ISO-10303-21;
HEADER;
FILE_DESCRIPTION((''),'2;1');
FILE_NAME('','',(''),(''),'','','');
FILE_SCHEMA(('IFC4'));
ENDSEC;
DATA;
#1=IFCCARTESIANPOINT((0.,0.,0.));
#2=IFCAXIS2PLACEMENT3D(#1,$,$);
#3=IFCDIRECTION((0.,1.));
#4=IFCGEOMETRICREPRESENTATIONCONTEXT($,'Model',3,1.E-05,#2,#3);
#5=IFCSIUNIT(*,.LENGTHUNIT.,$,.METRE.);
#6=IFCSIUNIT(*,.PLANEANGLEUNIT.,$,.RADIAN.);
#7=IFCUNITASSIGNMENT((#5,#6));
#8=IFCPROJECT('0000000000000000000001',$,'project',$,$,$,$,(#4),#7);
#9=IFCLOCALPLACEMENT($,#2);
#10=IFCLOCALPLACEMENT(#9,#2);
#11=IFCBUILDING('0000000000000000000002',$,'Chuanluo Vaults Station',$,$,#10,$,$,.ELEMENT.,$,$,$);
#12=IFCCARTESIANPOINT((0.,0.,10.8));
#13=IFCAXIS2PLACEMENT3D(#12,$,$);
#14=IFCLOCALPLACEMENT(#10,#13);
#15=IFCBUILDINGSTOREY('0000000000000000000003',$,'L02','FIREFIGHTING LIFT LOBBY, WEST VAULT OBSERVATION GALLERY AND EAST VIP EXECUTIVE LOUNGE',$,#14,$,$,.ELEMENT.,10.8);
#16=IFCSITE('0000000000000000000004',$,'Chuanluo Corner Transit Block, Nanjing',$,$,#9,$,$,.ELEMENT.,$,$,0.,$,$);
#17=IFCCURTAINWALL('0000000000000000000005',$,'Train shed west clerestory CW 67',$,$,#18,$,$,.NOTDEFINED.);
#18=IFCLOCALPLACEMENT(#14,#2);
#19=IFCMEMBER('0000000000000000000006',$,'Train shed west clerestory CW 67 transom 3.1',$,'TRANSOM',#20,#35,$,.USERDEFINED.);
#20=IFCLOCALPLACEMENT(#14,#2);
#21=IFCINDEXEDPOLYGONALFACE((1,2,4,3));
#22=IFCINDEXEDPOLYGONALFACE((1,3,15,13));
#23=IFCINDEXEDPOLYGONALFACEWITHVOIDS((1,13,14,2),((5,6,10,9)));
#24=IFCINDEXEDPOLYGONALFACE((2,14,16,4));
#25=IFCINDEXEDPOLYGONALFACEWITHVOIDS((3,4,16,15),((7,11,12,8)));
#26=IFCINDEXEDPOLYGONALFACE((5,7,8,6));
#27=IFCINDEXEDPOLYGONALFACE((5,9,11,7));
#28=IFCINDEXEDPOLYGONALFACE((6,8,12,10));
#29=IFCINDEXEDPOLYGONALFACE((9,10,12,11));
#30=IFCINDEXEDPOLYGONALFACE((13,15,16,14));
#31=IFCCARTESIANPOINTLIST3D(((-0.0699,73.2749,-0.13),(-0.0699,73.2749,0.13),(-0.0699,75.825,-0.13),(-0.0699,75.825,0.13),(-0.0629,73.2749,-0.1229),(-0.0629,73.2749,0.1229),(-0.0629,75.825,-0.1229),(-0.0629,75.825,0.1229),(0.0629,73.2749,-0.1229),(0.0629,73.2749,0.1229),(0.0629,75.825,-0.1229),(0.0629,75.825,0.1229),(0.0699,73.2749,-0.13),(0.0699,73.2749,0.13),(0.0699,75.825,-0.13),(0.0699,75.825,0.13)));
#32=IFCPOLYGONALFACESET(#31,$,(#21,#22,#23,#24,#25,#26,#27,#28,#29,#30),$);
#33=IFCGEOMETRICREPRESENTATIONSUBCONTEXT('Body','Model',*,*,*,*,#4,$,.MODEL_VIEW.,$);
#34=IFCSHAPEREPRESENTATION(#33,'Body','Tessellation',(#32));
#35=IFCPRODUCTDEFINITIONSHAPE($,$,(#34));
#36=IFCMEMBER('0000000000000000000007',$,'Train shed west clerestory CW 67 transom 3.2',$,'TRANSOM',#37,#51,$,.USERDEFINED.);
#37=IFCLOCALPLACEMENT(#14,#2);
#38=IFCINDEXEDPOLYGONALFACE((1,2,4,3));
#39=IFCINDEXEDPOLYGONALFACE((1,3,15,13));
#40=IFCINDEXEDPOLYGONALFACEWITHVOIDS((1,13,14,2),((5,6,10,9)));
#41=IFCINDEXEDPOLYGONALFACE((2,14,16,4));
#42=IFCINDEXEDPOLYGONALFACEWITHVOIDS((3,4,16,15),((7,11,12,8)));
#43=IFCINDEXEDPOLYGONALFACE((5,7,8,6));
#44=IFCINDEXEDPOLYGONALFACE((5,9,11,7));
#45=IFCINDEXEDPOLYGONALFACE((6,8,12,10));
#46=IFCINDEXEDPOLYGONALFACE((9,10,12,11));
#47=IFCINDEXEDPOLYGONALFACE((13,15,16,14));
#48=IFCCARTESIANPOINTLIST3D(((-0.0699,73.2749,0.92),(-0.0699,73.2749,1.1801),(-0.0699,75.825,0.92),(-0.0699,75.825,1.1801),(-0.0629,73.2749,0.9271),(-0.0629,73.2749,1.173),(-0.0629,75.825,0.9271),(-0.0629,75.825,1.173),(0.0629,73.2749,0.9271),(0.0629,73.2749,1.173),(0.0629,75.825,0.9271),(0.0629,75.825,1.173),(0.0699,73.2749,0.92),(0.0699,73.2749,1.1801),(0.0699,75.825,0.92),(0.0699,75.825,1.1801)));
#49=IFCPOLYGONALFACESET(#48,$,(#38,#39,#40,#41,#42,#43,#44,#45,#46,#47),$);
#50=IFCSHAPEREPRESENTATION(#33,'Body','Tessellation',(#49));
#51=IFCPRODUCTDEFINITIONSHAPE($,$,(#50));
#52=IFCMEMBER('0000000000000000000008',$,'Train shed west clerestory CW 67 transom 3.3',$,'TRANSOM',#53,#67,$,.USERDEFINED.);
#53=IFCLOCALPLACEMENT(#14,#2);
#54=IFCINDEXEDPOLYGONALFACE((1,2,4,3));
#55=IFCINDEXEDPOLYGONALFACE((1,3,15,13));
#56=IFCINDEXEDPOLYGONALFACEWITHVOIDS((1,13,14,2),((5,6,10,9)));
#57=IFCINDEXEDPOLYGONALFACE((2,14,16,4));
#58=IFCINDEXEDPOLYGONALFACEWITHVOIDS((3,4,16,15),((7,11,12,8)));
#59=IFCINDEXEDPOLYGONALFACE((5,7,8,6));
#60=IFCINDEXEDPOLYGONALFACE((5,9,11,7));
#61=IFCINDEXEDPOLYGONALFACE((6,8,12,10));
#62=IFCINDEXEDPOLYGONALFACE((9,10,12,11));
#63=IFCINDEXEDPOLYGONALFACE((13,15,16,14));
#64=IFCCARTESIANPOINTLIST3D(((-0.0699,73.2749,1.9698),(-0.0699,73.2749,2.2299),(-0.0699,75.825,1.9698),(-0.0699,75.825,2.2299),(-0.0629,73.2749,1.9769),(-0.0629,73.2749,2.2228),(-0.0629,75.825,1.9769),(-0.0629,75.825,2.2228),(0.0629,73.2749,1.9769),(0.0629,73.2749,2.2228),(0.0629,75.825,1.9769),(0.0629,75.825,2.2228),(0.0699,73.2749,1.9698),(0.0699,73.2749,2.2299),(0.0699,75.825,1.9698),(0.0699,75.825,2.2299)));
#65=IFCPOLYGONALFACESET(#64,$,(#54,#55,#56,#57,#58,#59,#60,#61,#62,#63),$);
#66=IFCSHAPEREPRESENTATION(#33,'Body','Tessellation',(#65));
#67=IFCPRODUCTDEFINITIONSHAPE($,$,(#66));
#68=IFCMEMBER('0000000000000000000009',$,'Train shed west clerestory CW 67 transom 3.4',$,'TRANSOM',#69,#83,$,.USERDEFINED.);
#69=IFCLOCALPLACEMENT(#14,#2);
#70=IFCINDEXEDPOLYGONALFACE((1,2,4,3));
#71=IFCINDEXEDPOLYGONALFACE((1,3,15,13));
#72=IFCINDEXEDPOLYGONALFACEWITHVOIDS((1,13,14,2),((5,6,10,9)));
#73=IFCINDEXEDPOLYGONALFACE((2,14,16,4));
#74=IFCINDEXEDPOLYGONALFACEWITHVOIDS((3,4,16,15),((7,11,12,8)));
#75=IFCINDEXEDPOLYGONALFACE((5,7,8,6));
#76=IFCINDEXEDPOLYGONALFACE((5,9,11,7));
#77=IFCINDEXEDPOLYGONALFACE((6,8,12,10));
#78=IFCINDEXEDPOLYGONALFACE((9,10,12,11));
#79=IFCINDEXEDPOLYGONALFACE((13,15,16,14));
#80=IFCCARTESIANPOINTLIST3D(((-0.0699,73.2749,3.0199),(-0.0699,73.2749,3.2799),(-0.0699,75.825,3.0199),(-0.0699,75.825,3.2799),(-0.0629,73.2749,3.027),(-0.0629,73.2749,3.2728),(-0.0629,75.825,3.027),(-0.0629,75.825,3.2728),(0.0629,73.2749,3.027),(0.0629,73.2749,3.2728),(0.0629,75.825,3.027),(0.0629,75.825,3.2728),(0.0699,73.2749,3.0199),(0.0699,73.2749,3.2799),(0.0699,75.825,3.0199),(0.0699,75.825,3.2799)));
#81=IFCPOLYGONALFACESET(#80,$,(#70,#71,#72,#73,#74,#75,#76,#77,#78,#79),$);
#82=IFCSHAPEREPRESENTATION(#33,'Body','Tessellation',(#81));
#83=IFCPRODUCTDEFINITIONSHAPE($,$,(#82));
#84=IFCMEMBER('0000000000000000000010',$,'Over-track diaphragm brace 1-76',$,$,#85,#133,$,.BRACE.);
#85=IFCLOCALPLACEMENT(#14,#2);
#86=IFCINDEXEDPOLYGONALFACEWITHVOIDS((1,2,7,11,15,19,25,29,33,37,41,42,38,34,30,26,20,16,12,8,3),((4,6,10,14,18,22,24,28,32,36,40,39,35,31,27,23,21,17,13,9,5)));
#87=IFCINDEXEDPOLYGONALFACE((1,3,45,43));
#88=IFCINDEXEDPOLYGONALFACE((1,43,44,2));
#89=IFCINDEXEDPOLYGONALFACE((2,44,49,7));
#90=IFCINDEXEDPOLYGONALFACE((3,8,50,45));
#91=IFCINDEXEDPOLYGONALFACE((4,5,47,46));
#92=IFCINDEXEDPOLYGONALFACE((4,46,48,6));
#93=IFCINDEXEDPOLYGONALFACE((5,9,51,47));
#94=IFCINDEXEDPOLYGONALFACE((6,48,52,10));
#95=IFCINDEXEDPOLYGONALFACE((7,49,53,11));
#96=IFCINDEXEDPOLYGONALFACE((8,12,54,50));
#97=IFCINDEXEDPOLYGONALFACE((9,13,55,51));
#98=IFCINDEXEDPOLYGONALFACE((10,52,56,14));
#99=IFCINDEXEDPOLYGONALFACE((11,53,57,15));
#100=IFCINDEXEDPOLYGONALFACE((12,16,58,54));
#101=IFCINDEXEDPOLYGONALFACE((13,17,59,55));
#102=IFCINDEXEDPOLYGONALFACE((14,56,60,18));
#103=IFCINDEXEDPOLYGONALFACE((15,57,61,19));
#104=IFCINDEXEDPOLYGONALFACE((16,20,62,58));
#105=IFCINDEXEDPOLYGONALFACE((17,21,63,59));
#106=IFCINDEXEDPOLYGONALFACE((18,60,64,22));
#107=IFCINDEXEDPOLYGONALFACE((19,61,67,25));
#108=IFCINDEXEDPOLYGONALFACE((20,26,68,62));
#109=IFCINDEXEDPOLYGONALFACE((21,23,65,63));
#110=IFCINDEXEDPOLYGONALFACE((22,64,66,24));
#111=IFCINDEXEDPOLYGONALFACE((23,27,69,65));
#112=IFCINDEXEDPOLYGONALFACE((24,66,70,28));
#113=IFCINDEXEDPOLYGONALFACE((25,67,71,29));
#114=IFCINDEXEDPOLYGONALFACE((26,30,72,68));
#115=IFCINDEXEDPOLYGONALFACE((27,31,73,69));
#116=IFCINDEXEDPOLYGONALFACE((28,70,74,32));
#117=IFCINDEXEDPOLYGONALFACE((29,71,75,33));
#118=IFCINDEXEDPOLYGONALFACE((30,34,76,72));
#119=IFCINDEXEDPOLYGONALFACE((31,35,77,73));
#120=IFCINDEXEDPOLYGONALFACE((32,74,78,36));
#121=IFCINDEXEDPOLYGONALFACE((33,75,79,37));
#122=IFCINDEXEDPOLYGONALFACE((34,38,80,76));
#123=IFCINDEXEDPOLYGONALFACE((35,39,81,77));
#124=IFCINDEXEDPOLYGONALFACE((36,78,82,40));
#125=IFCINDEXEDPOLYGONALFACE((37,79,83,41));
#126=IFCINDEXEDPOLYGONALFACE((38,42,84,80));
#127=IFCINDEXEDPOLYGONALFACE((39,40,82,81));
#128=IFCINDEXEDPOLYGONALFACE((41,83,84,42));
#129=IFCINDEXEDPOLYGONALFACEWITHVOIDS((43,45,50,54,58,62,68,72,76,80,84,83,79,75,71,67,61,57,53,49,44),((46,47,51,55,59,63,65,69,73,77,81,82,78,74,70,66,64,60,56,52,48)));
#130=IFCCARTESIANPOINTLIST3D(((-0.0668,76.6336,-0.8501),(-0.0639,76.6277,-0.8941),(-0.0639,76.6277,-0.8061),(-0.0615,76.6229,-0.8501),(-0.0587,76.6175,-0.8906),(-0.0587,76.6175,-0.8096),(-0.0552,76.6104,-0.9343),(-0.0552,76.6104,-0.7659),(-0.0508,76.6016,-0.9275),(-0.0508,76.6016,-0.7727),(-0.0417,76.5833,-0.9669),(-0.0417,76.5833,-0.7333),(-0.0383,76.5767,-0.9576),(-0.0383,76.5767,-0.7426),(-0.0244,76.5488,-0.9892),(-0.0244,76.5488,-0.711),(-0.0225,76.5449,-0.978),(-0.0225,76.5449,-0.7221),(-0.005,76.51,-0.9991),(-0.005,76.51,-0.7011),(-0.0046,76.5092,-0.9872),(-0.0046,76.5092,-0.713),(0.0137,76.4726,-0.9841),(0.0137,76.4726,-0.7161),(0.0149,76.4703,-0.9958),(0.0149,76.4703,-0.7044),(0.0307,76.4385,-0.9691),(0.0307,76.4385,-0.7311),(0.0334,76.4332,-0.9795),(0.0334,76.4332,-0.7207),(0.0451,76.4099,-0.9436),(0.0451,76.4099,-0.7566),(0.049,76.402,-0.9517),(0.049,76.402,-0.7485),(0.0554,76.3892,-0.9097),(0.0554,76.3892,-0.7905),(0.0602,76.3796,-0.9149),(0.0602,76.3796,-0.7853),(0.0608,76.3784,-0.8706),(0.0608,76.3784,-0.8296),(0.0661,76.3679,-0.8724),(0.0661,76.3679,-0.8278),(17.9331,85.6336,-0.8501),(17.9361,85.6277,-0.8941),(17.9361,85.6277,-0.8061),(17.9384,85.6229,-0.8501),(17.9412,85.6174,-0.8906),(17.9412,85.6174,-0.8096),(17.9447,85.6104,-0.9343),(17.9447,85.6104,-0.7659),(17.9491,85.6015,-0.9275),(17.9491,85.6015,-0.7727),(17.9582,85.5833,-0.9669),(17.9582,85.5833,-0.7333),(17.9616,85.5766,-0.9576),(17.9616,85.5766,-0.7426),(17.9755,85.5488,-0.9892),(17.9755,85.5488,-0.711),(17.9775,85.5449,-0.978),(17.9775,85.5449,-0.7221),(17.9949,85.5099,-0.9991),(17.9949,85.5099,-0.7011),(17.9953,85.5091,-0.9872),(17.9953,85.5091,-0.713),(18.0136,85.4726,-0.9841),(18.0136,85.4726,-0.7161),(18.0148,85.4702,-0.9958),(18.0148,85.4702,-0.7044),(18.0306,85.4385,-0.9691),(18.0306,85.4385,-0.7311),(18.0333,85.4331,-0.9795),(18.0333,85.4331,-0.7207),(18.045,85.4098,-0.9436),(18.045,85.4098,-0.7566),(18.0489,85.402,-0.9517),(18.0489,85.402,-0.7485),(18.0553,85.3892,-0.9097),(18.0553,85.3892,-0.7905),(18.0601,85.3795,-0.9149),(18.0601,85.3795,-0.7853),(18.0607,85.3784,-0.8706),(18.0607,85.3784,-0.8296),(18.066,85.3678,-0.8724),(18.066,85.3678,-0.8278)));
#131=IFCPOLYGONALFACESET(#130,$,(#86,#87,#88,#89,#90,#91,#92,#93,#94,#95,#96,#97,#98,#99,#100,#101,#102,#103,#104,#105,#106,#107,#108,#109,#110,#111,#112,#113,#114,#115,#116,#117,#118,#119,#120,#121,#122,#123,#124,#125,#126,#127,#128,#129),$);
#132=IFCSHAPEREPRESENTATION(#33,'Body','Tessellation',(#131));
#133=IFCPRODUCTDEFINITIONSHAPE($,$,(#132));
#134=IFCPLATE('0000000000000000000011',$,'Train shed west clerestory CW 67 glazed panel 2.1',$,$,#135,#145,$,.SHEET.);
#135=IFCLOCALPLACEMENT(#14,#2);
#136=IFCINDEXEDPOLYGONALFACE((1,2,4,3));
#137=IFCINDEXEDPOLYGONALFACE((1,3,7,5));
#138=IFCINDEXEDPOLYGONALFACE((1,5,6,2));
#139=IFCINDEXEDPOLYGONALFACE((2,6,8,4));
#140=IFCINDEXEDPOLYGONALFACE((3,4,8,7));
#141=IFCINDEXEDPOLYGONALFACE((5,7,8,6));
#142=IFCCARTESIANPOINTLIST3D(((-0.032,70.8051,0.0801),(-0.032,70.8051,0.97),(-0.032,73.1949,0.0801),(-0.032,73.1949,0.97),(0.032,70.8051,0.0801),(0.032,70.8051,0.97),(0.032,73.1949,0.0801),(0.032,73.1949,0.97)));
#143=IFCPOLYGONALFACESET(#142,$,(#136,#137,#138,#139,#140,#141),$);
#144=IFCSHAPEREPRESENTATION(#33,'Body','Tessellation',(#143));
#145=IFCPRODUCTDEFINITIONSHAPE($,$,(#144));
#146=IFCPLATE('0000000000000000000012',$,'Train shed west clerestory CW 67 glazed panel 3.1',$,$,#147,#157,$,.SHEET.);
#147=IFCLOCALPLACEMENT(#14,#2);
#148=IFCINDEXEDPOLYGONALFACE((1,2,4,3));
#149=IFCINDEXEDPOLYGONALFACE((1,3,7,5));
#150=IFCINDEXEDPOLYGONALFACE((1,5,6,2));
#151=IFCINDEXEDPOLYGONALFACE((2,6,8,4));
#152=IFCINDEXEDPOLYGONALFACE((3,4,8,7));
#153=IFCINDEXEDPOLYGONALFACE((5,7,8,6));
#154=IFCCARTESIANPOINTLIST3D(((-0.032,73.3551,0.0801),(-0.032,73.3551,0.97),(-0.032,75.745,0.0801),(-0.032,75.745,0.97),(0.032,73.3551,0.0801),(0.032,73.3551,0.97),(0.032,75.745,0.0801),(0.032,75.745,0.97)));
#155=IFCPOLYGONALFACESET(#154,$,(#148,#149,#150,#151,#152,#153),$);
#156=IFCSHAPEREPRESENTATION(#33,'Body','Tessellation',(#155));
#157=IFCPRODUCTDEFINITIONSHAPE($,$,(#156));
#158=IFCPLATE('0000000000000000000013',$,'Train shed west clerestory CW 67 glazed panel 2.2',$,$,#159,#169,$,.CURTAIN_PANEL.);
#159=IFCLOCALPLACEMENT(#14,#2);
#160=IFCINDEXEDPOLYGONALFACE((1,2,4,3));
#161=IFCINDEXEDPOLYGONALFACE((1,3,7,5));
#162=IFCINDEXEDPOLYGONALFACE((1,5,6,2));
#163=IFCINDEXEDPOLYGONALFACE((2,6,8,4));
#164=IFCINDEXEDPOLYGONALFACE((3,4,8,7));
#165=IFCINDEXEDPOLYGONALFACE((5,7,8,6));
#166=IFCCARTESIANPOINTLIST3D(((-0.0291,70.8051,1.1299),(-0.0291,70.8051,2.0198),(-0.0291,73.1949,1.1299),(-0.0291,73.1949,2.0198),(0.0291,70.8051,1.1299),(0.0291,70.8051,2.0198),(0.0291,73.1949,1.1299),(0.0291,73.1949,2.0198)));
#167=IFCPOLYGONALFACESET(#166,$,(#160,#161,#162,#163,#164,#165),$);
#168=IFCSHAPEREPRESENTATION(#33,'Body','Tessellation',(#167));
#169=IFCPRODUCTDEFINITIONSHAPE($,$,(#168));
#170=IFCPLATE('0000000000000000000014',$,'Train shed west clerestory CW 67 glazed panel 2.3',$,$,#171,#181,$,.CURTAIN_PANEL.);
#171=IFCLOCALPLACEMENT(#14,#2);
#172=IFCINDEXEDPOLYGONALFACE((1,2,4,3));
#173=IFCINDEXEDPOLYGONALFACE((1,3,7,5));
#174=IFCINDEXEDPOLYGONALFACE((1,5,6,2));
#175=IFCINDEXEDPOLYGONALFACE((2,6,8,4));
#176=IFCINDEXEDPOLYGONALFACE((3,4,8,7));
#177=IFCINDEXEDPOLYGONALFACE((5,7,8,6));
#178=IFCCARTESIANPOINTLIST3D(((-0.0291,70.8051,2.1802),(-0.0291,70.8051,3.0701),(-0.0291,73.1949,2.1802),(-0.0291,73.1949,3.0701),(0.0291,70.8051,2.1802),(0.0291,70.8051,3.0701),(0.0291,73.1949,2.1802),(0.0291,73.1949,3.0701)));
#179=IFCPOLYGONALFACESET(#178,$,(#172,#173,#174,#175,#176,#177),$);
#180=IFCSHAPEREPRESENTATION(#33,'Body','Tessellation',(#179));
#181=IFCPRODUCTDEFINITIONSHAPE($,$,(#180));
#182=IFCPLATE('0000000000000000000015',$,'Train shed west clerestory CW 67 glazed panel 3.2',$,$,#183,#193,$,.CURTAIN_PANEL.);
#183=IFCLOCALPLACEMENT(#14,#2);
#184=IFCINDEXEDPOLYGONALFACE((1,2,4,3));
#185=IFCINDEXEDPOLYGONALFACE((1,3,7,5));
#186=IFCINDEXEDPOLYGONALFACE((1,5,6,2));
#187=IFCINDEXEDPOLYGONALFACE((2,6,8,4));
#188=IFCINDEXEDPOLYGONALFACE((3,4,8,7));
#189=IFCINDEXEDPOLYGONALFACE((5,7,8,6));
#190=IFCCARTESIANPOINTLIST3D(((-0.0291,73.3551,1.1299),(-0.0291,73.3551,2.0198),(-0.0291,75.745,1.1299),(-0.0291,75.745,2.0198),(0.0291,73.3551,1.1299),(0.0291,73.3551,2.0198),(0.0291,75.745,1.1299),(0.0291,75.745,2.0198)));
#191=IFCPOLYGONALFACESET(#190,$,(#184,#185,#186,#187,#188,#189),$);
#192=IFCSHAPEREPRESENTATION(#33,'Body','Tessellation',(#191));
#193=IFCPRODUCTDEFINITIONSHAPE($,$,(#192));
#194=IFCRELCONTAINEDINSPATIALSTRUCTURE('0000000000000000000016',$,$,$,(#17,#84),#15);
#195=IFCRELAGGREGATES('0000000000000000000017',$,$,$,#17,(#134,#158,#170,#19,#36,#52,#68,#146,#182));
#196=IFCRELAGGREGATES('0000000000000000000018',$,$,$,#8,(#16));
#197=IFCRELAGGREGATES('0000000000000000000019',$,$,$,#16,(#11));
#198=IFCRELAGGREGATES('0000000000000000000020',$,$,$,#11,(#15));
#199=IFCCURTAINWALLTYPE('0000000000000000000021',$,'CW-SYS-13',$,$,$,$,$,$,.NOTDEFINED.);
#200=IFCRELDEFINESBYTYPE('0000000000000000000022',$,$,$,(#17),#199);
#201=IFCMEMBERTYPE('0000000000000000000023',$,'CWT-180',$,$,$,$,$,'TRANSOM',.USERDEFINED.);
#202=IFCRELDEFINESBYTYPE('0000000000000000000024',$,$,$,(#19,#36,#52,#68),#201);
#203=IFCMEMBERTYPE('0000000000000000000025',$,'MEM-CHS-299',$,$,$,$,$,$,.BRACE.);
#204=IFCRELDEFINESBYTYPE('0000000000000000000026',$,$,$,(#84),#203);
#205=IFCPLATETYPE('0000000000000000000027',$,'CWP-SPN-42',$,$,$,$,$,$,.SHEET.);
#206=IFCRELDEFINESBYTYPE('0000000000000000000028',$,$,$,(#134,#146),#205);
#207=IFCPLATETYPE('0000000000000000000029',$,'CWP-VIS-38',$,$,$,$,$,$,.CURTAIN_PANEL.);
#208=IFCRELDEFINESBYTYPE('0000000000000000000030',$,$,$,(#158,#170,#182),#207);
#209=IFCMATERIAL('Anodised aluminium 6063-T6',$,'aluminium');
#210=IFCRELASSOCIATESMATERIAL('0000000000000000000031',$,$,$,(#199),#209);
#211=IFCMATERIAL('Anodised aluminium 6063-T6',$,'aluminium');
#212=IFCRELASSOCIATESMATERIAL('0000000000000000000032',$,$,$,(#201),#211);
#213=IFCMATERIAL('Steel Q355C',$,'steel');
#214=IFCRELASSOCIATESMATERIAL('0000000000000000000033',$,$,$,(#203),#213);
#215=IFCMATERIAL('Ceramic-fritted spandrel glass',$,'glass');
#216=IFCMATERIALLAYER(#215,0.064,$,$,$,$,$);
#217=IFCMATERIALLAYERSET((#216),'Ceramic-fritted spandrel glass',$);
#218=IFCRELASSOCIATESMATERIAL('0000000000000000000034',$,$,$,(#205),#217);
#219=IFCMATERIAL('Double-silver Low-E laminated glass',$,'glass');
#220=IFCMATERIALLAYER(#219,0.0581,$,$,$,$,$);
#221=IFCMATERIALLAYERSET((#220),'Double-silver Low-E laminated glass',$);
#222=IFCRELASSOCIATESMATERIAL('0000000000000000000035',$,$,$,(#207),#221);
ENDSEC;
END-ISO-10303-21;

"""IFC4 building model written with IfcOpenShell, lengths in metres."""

from ifc_helpers import new_model, si_unit, direction, frame, origin, origin_2d, place, context, subcontext, project, spatial, rectangle, hollow_rectangle, hollow_circle, extrude, material, layer, layer_set, material_profile, profile_set, type_object, element, aggregate, save


model = new_model("IFC4")

# Units and contexts
model_context = context("Model", 3, precision=1e-05, world=origin(), true_north=direction((0.0, 1.0)))
body_context = subcontext(model_context, "Body", "Model", "MODEL_VIEW")
ifc_project = project(units=[si_unit("LENGTHUNIT", "METRE"), si_unit("PLANEANGLEUNIT", "RADIAN")], contexts=[model_context])

# Site, building, storey
site_placement = place(None, origin())
site = spatial("IfcSite", under=ifc_project, at=site_placement, Name="Chuanluo Corner Transit Block, Nanjing", CompositionType="ELEMENT", RefElevation=0.0)
building_placement = place(site_placement, origin())
building = spatial("IfcBuilding", under=site, at=building_placement, Name="Chuanluo Vaults Station", CompositionType="ELEMENT")
storey_placement = place(building_placement, frame((0.0, 0.0, 10.8)))
storey = spatial("IfcBuildingStorey", under=building, at=storey_placement, Name="L02", Description="FIREFIGHTING LIFT LOBBY, WEST VAULT OBSERVATION GALLERY AND EAST VIP EXECUTIVE LOUNGE", CompositionType="ELEMENT", Elevation=10.8)

# Curtain wall, members
ifc_material_1 = material(Name="Anodised aluminium 6063-T6", Category="aluminium")
curtain_wall_type = type_object("IfcCurtainWallType", Name="CW-SYS-13", PredefinedType="NOTDEFINED", material=ifc_material_1)
curtain_wall_placement = place(storey_placement, origin())
curtain_wall = element("IfcCurtainWall", 1, at=curtain_wall_placement, inside=storey, type_object=curtain_wall_type, Name="Train shed west clerestory CW 67", PredefinedType="NOTDEFINED")
ifc_material_2 = material(Name="Anodised aluminium 6063-T6", Category="aluminium")
ifc_material_profile_1 = material_profile(ifc_material_2, hollow_rectangle(XDim=0.1399, YDim=0.26, WallThickness=0.0071, at=origin_2d()))
ifc_profile_set_1 = profile_set([ifc_material_profile_1], Name="Anodised aluminium 6063-T6")
member_type_1 = type_object("IfcMemberType", Name="CWT-180", ElementType="TRANSOM", PredefinedType="USERDEFINED", material=ifc_profile_set_1)
member_1_placement = place(storey_placement, frame((0.0, 73.2749, 0.0), z_axis=(0.0, 1.0, 0.0), x_axis=(-1.0, 0.0, 0.0)))
member_1 = element("IfcMember", 2, at=member_1_placement, type_object=member_type_1, Name="Train shed west clerestory CW 67 transom 3.1", ObjectType="TRANSOM", PredefinedType="USERDEFINED", context=body_context, shape_type="SweptSolid", body=[
    extrude(hollow_rectangle(XDim=0.1399, YDim=0.26, WallThickness=0.0071, at=origin_2d()), origin(), (0.0, 0.0, 1.0), 2.55),
])
member_2_placement = place(storey_placement, frame((0.0, 73.2749, 1.05), z_axis=(0.0, 1.0, 0.0), x_axis=(-1.0, 0.0, 0.0)))
member_2 = element("IfcMember", 3, at=member_2_placement, type_object=member_type_1, Name="Train shed west clerestory CW 67 transom 3.2", ObjectType="TRANSOM", PredefinedType="USERDEFINED", context=body_context, shape_type="SweptSolid", body=[
    extrude(hollow_rectangle(XDim=0.1399, YDim=0.26, WallThickness=0.0071, at=origin_2d()), origin(), (0.0, 0.0, 1.0), 2.55),
])
member_3_placement = place(storey_placement, frame((0.0, 73.2749, 2.0999), z_axis=(0.0, 1.0, 0.0), x_axis=(-1.0, 0.0, 0.0)))
member_3 = element("IfcMember", 4, at=member_3_placement, type_object=member_type_1, Name="Train shed west clerestory CW 67 transom 3.3", ObjectType="TRANSOM", PredefinedType="USERDEFINED", context=body_context, shape_type="SweptSolid", body=[
    extrude(hollow_rectangle(XDim=0.1399, YDim=0.26, WallThickness=0.0071, at=origin_2d()), origin(), (0.0, 0.0, 1.0), 2.55),
])
member_4_placement = place(storey_placement, frame((0.0, 73.2749, 3.1499), z_axis=(0.0, 1.0, 0.0), x_axis=(-1.0, 0.0, 0.0)))
member_4 = element("IfcMember", 5, at=member_4_placement, type_object=member_type_1, Name="Train shed west clerestory CW 67 transom 3.4", ObjectType="TRANSOM", PredefinedType="USERDEFINED", context=body_context, shape_type="SweptSolid", body=[
    extrude(hollow_rectangle(XDim=0.1399, YDim=0.26, WallThickness=0.0071, at=origin_2d()), origin(), (0.0, 0.0, 1.0), 2.55),
])

# Member
ifc_material_3 = material(Name="Steel Q355C", Category="steel")
ifc_material_profile_2 = material_profile(ifc_material_3, hollow_circle(Radius=0.1494, WallThickness=0.012, at=origin_2d()))
ifc_profile_set_2 = profile_set([ifc_material_profile_2], Name="Steel Q355C")
member_type_2 = type_object("IfcMemberType", Name="MEM-CHS-299", PredefinedType="BRACE", material=ifc_profile_set_2)
member_5_placement = place(storey_placement, frame((0.0, 76.5, -0.8501), z_axis=(0.894427, 0.447214, 0.0), x_axis=(-0.447214, 0.894427, 0.0)))
element("IfcMember", 6, at=member_5_placement, inside=storey, type_object=member_type_2, Name="Over-track diaphragm brace 1-76", PredefinedType="BRACE", context=body_context, shape_type="SweptSolid", body=[
    extrude(hollow_circle(Radius=0.1494, WallThickness=0.012, at=origin_2d()), origin(), (0.0, 0.0, 1.0), 20.1245),
])

# Plates
ifc_material_4 = material(Name="Ceramic-fritted spandrel glass", Category="glass")
ifc_layer_1 = layer(ifc_material_4, 0.064)
ifc_layer_set_1 = layer_set([ifc_layer_1], Name="Ceramic-fritted spandrel glass")
plate_type_1 = type_object("IfcPlateType", Name="CWP-SPN-42", PredefinedType="SHEET", material=ifc_layer_set_1)
plate_1_placement = place(storey_placement, frame((0.0, 72.0, 0.0801), z_axis=(0.0, 0.0, 1.0), x_axis=(0.0, 1.0, 0.0)))
plate_1 = element("IfcPlate", 7, at=plate_1_placement, type_object=plate_type_1, Name="Train shed west clerestory CW 67 glazed panel 2.1", PredefinedType="SHEET", context=body_context, shape_type="SweptSolid", body=[
    extrude(rectangle(XDim=2.3899, YDim=0.064, at=origin_2d()), origin(), (0.0, 0.0, 1.0), 0.8899),
])
plate_2_placement = place(storey_placement, frame((0.0, 74.55, 0.0801), z_axis=(0.0, 0.0, 1.0), x_axis=(0.0, 1.0, 0.0)))
plate_2 = element("IfcPlate", 8, at=plate_2_placement, type_object=plate_type_1, Name="Train shed west clerestory CW 67 glazed panel 3.1", PredefinedType="SHEET", context=body_context, shape_type="SweptSolid", body=[
    extrude(rectangle(XDim=2.3899, YDim=0.064, at=origin_2d()), origin(), (0.0, 0.0, 1.0), 0.8899),
])
ifc_material_5 = material(Name="Double-silver Low-E laminated glass", Category="glass")
ifc_layer_2 = layer(ifc_material_5, 0.0581)
ifc_layer_set_2 = layer_set([ifc_layer_2], Name="Double-silver Low-E laminated glass")
plate_type_2 = type_object("IfcPlateType", Name="CWP-VIS-38", PredefinedType="CURTAIN_PANEL", material=ifc_layer_set_2)
plate_3_placement = place(storey_placement, frame((0.0, 72.0, 1.1299), z_axis=(0.0, 0.0, 1.0), x_axis=(0.0, 1.0, 0.0)))
plate_3 = element("IfcPlate", 9, at=plate_3_placement, type_object=plate_type_2, Name="Train shed west clerestory CW 67 glazed panel 2.2", PredefinedType="CURTAIN_PANEL", context=body_context, shape_type="SweptSolid", body=[
    extrude(rectangle(XDim=2.3899, YDim=0.0581, at=origin_2d()), origin(), (0.0, 0.0, 1.0), 0.8899),
])
plate_4_placement = place(storey_placement, frame((0.0, 72.0, 2.1802), z_axis=(0.0, 0.0, 1.0), x_axis=(0.0, 1.0, 0.0)))
plate_4 = element("IfcPlate", 10, at=plate_4_placement, type_object=plate_type_2, Name="Train shed west clerestory CW 67 glazed panel 2.3", PredefinedType="CURTAIN_PANEL", context=body_context, shape_type="SweptSolid", body=[
    extrude(rectangle(XDim=2.3899, YDim=0.0581, at=origin_2d()), origin(), (0.0, 0.0, 1.0), 0.8899),
])
plate_5_placement = place(storey_placement, frame((0.0, 74.55, 1.1299), z_axis=(0.0, 0.0, 1.0), x_axis=(0.0, 1.0, 0.0)))
plate_5 = element("IfcPlate", 11, at=plate_5_placement, type_object=plate_type_2, Name="Train shed west clerestory CW 67 glazed panel 3.2", PredefinedType="CURTAIN_PANEL", context=body_context, shape_type="SweptSolid", body=[
    extrude(rectangle(XDim=2.3899, YDim=0.0581, at=origin_2d()), origin(), (0.0, 0.0, 1.0), 0.8899),
])
aggregate(curtain_wall, [plate_1, plate_3, plate_4, member_1, member_2, member_3, member_4, plate_2, plate_5])

save(model, "model.ifc")
